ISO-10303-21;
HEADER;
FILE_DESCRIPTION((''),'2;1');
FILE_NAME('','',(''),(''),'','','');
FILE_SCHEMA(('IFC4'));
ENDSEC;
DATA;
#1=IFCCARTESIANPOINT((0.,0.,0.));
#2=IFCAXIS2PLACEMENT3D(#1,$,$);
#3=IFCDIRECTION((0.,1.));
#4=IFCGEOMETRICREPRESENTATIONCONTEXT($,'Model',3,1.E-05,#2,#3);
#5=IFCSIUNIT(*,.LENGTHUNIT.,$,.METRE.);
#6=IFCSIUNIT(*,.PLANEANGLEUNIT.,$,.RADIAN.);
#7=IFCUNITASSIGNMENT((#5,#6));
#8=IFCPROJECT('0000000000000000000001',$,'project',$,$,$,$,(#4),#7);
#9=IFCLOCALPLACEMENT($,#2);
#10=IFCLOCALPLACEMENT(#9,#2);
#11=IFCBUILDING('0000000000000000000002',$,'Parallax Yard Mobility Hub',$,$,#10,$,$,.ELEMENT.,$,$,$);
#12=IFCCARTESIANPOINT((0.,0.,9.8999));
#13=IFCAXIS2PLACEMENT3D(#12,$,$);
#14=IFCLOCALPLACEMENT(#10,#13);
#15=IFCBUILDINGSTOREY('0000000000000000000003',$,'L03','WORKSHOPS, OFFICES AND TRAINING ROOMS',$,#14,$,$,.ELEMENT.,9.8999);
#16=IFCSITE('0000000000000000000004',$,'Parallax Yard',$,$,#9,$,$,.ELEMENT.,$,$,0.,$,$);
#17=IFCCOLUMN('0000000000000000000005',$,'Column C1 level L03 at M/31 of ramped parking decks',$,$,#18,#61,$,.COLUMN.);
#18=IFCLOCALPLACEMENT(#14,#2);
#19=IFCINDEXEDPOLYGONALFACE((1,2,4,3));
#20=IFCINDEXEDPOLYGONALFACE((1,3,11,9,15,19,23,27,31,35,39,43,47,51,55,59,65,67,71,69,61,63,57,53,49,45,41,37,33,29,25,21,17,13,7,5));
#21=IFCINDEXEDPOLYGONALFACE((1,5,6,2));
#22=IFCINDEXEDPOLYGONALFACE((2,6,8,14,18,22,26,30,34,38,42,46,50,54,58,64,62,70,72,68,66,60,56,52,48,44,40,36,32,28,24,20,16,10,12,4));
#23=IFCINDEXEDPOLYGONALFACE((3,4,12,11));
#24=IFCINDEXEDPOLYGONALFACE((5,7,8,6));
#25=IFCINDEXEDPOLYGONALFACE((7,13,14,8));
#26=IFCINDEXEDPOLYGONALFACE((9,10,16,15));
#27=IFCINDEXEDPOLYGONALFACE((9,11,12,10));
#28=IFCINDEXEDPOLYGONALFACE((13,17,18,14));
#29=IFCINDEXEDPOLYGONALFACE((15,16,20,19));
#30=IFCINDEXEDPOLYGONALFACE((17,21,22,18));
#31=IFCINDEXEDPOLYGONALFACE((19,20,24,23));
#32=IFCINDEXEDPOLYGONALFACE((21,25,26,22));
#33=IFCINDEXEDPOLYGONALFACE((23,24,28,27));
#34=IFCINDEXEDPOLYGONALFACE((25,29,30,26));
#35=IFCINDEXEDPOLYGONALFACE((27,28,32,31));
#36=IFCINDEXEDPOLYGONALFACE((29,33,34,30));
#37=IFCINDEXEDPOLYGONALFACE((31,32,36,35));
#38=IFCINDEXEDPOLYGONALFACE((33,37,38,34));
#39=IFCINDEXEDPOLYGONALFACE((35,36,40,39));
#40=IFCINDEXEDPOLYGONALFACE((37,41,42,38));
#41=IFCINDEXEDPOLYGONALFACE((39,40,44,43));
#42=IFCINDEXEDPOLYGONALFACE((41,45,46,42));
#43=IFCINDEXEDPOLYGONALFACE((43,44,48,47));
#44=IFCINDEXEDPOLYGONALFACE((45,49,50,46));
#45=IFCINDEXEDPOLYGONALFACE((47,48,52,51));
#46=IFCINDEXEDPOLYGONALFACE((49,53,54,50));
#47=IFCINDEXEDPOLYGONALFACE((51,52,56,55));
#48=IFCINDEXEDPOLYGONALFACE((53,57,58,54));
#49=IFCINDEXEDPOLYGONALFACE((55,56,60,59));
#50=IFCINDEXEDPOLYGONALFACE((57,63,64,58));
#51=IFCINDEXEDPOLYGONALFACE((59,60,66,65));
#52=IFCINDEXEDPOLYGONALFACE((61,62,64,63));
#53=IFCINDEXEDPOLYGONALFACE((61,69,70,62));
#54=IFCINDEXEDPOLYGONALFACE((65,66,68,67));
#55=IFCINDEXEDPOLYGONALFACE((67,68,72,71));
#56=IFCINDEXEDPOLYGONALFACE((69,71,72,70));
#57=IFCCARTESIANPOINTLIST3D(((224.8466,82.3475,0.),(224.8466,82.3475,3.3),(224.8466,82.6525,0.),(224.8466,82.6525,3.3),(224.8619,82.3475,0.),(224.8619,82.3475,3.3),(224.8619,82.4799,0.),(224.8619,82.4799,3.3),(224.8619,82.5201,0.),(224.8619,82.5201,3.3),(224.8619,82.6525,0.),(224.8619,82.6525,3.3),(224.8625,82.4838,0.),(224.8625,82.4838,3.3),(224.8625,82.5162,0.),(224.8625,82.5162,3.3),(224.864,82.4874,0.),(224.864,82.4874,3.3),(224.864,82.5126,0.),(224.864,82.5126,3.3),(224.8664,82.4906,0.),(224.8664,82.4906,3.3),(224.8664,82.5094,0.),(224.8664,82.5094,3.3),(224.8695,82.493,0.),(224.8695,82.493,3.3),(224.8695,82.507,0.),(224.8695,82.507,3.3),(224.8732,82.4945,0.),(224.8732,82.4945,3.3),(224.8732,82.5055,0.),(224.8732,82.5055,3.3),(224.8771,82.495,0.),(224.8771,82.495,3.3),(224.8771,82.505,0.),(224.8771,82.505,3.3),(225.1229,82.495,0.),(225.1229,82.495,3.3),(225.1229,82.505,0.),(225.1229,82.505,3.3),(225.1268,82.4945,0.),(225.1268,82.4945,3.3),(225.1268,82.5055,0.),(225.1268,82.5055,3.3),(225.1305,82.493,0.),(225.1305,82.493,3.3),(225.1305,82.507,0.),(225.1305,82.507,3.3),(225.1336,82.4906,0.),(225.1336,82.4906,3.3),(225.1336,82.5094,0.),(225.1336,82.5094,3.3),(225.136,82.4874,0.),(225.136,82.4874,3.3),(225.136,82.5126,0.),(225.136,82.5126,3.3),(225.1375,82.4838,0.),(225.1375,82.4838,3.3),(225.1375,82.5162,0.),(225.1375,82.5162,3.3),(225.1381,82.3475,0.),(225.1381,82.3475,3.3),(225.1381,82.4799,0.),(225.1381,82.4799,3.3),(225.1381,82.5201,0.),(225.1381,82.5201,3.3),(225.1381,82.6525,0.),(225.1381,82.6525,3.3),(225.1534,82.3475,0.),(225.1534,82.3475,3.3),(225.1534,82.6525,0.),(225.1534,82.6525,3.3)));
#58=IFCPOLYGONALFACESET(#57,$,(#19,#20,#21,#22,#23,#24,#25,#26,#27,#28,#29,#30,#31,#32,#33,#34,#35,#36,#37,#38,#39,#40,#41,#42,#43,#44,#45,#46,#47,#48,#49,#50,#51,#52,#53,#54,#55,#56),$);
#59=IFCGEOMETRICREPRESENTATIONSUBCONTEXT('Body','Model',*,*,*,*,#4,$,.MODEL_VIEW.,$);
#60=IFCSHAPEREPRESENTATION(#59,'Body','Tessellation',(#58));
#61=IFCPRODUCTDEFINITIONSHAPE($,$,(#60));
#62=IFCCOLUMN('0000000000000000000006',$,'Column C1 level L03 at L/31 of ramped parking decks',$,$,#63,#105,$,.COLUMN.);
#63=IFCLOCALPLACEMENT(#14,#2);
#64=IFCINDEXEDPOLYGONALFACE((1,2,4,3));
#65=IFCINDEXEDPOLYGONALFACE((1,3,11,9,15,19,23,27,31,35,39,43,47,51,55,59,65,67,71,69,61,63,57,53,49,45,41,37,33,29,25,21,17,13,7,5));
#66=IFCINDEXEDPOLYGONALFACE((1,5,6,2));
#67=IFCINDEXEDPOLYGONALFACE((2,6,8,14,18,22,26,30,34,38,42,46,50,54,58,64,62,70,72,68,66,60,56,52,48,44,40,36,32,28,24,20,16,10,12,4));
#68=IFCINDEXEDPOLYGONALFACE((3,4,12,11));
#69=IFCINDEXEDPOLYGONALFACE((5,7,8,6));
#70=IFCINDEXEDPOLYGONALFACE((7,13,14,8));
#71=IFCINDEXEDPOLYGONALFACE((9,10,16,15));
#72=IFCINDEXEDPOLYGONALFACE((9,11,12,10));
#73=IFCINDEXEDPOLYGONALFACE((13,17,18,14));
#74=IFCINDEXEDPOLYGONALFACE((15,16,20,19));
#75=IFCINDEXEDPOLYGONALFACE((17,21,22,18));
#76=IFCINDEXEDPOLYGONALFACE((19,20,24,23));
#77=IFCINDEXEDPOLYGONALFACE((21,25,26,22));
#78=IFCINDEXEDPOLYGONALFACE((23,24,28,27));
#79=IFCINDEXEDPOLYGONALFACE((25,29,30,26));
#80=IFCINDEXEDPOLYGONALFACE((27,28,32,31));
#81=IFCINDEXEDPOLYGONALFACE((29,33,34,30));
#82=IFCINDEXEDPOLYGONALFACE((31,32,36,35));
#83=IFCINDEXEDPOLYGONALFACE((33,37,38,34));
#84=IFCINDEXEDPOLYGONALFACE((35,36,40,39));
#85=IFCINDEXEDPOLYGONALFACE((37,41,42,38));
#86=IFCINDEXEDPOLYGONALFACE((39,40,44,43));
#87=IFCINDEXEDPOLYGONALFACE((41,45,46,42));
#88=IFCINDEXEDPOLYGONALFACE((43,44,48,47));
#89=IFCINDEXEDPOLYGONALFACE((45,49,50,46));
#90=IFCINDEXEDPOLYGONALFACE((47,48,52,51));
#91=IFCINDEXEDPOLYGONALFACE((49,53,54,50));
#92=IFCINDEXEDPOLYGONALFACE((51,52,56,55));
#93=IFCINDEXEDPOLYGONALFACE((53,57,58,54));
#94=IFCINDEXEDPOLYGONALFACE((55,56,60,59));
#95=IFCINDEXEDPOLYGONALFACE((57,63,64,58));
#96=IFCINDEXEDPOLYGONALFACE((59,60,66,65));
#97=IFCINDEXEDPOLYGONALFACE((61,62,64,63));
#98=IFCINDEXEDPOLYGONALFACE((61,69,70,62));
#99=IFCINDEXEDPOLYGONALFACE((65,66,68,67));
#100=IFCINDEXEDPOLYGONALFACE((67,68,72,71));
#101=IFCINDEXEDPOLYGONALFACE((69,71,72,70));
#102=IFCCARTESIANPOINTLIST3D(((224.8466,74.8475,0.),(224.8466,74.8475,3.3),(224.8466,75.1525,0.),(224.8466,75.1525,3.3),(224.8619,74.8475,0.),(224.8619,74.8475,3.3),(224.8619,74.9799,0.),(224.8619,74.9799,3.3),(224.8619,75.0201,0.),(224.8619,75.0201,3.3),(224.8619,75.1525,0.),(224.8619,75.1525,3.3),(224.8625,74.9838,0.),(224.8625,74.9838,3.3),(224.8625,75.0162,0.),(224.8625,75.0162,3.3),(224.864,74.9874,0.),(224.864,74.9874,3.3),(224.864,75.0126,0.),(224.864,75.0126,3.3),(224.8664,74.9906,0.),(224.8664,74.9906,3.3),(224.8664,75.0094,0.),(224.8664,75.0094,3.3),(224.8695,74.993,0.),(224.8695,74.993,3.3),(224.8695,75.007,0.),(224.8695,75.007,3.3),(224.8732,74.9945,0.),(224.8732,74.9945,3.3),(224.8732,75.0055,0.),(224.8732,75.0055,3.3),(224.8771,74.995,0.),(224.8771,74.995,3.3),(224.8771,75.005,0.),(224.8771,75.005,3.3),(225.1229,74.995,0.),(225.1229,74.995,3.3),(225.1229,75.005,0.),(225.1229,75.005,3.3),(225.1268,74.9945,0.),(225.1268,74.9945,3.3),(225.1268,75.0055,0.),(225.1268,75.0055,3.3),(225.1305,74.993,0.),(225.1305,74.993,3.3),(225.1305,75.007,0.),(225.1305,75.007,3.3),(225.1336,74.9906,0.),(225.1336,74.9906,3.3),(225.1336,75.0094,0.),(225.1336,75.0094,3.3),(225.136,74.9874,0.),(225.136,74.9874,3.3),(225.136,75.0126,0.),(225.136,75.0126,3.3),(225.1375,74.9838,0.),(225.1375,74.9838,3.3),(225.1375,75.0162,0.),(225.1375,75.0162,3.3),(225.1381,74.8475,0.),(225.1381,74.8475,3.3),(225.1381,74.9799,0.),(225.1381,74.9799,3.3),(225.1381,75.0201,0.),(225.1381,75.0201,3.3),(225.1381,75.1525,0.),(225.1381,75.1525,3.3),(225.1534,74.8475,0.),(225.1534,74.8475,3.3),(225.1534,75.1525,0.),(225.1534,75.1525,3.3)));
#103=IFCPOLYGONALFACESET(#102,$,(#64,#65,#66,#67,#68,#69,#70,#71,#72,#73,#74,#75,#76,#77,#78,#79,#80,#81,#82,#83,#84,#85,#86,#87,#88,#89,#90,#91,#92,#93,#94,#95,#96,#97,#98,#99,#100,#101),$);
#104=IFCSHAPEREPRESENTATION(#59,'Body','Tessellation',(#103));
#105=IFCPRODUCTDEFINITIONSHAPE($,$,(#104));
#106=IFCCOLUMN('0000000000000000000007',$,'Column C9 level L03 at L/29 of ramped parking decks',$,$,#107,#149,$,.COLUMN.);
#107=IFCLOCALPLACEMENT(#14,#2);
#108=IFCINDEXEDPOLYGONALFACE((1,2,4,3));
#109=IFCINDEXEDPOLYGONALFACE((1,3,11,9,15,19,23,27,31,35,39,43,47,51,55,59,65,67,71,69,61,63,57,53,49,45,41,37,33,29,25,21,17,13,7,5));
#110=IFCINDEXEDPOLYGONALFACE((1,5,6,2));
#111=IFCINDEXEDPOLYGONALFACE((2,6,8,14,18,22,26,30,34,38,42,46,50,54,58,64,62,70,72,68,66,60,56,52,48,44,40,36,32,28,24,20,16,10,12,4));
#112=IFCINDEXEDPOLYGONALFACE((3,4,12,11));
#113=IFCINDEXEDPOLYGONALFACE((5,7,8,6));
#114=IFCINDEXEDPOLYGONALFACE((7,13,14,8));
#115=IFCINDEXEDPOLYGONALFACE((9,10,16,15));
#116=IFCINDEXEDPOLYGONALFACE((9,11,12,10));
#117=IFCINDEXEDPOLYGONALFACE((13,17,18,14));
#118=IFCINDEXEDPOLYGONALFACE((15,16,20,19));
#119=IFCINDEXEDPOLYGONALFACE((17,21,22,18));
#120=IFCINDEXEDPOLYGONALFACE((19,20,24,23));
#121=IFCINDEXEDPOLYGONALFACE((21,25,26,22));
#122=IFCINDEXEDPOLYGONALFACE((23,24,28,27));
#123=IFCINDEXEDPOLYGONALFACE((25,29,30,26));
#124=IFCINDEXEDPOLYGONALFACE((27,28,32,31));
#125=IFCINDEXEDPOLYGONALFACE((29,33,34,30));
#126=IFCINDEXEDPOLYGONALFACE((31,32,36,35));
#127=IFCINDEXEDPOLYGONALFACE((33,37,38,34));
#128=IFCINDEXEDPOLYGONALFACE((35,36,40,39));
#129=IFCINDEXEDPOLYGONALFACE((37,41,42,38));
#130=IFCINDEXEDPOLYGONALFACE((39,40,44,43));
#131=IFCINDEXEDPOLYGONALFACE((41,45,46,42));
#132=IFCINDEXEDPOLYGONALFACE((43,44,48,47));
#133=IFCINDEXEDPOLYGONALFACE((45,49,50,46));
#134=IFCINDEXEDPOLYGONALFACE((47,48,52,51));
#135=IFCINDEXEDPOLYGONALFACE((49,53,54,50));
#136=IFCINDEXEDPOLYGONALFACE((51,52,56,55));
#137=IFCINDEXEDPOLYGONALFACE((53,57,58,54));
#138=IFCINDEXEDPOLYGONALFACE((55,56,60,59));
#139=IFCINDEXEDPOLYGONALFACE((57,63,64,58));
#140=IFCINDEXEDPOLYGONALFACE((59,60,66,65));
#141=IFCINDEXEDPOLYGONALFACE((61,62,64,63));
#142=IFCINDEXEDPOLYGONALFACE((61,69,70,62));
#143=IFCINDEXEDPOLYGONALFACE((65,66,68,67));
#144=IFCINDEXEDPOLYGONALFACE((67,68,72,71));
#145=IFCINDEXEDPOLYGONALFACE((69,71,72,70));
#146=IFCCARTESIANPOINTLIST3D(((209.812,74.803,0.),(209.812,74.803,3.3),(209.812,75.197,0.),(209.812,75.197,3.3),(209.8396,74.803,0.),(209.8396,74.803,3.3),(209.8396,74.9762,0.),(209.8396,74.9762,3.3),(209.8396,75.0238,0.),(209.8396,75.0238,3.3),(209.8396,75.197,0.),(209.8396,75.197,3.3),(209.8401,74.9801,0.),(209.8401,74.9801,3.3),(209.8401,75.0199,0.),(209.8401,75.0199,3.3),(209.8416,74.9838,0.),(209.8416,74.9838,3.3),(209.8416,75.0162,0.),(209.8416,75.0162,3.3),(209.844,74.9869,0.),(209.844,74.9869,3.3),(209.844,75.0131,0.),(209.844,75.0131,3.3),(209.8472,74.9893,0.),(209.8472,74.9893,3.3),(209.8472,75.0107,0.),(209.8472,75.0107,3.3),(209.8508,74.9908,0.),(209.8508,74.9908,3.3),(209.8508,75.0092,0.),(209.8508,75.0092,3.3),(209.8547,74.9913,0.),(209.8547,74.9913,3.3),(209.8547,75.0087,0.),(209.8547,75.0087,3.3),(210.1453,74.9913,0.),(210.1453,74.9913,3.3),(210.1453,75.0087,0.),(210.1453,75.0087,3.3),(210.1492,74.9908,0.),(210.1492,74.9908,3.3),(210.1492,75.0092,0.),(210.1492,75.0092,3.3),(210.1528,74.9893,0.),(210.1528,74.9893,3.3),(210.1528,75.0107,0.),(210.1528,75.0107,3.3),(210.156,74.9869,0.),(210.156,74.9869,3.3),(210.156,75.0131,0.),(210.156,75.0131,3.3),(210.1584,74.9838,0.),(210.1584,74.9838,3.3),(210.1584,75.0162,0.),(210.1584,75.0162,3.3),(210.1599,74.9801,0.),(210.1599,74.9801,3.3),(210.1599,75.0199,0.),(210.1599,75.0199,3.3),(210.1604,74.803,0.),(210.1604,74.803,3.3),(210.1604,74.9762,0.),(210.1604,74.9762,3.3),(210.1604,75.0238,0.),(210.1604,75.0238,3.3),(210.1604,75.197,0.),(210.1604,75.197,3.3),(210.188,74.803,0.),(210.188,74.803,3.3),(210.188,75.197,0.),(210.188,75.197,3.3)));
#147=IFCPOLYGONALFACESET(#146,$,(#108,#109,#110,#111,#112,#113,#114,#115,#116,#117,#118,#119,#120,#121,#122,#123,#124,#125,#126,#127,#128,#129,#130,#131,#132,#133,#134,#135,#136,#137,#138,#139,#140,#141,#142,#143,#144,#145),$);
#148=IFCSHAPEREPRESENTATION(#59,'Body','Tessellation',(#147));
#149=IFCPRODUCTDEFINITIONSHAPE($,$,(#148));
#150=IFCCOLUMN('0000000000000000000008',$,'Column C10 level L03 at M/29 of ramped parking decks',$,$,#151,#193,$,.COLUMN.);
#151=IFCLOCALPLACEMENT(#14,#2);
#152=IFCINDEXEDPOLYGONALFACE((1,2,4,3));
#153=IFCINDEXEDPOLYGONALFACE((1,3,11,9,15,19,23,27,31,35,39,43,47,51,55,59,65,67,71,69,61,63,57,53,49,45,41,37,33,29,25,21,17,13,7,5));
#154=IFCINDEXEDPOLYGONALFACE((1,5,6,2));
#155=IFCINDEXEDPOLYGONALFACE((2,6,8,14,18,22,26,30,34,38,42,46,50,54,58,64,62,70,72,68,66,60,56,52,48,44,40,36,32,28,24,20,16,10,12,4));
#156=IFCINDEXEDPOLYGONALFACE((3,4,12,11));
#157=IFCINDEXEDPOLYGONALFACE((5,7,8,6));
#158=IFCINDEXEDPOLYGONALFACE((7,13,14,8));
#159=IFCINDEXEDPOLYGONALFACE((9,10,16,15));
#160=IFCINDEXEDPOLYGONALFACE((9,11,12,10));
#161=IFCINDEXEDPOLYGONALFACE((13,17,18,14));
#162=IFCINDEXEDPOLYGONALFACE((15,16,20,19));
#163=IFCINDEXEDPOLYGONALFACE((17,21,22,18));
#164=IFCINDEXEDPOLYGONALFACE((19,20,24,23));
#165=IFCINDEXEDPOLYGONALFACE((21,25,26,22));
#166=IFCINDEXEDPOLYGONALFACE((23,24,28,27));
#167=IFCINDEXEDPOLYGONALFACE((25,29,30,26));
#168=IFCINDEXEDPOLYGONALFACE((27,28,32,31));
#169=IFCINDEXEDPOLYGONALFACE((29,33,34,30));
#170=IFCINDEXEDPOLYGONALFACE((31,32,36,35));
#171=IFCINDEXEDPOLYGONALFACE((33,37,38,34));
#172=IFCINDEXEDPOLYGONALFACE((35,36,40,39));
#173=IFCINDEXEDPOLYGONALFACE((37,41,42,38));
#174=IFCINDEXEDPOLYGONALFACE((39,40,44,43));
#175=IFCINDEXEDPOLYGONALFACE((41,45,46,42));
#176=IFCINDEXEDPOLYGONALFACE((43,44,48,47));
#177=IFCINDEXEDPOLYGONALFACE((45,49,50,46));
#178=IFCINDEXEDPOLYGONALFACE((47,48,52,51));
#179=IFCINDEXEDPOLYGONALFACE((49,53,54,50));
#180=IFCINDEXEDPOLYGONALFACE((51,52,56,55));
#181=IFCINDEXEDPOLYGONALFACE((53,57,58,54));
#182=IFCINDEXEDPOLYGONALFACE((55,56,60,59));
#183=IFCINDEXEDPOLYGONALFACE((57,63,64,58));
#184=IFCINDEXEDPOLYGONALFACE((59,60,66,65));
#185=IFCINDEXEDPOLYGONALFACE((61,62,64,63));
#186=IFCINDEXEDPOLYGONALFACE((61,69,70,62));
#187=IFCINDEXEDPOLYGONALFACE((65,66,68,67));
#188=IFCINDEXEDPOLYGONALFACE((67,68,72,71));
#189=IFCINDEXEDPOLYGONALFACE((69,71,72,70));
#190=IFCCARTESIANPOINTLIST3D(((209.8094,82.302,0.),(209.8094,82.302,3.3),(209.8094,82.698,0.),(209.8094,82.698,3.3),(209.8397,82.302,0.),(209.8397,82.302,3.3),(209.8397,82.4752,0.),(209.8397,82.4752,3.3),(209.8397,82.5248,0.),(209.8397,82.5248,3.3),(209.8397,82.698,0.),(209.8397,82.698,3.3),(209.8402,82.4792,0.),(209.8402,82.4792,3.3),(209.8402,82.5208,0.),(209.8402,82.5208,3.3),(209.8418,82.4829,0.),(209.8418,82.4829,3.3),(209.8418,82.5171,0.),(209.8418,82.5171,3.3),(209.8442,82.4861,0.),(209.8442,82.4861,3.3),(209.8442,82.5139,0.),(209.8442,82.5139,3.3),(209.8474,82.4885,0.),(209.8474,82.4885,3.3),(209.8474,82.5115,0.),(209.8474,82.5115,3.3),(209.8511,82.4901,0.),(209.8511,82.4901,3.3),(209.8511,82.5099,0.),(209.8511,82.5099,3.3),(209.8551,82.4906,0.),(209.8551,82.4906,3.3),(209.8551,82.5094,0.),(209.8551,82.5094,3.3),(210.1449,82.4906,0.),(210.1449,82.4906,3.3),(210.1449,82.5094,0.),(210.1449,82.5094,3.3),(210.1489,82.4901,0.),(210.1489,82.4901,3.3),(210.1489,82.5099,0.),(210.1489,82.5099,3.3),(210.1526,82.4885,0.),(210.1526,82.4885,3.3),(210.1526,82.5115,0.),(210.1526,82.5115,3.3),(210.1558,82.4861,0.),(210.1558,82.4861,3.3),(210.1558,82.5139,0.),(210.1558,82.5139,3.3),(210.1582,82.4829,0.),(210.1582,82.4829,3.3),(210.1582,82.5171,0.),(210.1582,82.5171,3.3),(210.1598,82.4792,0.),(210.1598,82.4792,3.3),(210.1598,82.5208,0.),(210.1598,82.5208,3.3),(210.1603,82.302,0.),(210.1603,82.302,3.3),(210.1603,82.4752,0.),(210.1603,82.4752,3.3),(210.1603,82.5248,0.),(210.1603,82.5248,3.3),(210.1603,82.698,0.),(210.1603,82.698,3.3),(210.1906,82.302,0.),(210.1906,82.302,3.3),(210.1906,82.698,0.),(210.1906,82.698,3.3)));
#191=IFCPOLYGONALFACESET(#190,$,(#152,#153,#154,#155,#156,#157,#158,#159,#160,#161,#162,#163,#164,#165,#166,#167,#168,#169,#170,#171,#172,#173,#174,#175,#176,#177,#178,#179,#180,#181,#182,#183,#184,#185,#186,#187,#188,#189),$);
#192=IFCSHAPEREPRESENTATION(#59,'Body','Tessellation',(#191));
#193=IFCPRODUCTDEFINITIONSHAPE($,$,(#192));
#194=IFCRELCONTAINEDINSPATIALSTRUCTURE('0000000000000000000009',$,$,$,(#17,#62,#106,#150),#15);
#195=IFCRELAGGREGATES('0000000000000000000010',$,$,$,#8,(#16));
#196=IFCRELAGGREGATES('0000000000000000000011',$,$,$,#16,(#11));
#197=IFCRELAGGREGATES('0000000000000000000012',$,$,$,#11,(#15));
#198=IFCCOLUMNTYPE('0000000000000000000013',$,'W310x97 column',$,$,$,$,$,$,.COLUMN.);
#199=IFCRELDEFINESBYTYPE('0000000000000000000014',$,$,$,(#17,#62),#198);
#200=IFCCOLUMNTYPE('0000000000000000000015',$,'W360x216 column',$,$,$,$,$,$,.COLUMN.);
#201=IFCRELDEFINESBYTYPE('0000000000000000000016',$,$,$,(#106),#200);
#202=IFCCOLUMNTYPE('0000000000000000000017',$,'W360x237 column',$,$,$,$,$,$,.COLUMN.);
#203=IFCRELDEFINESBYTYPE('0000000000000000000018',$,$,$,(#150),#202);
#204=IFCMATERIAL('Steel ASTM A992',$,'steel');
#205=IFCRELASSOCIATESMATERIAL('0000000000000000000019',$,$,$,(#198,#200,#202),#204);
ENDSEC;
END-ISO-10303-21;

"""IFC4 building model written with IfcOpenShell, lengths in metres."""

from ifc_helpers import new_model, si_unit, direction, frame, origin, origin_2d, place, context, subcontext, project, spatial, i_section, extrude, material, material_profile, profile_set, type_object, element, save


model = new_model("IFC4")

# Units and contexts
model_context = context("Model", 3, precision=1e-05, world=origin(), true_north=direction((0.0, 1.0)))
body_context = subcontext(model_context, "Body", "Model", "MODEL_VIEW")
ifc_project = project(units=[si_unit("LENGTHUNIT", "METRE"), si_unit("PLANEANGLEUNIT", "RADIAN")], contexts=[model_context])

# Site, building, storey
site_placement = place(None, origin())
site = spatial("IfcSite", under=ifc_project, at=site_placement, Name="Parallax Yard", CompositionType="ELEMENT", RefElevation=0.0)
building_placement = place(site_placement, origin())
building = spatial("IfcBuilding", under=site, at=building_placement, Name="Parallax Yard Mobility Hub", CompositionType="ELEMENT")
storey_placement = place(building_placement, frame((0.0, 0.0, 9.8999)))
storey = spatial("IfcBuildingStorey", under=building, at=storey_placement, Name="L03", Description="WORKSHOPS, OFFICES AND TRAINING ROOMS", CompositionType="ELEMENT", Elevation=9.8999)

# Columns
ifc_material_1 = material(Name="Steel ASTM A992", Category="steel")
ifc_material_profile_1 = material_profile(ifc_material_1, i_section(OverallWidth=0.3049, OverallDepth=0.3069, WebThickness=0.01, FlangeThickness=0.0154, FilletRadius=0.0151, at=origin_2d()), Name="W310x97")
ifc_profile_set_1 = profile_set([ifc_material_profile_1], Name="Steel ASTM A992")
column_type_1 = type_object("IfcColumnType", Name="W310x97 column", PredefinedType="COLUMN", material=ifc_profile_set_1)
for number, where, z_axis, x_axis, name in (
    (1, (225.0, 82.5, 0.0), (0.0, 0.0, 1.0), (0.0, 1.0, 0.0), "Column C1 level L03 at M/31 of ramped parking decks"),
    (2, (225.0, 75.0, 0.0), (0.0, 0.0, 1.0), (0.0, 1.0, 0.0), "Column C1 level L03 at L/31 of ramped parking decks"),
):
    element("IfcColumn", number, at=place(storey_placement, frame(where, z_axis=z_axis, x_axis=x_axis)), inside=storey, type_object=column_type_1, Name=name, PredefinedType="COLUMN", context=body_context, shape_type="SweptSolid", body=[
        extrude(i_section(OverallWidth=0.3049, OverallDepth=0.3069, WebThickness=0.01, FlangeThickness=0.0154, FilletRadius=0.0151, at=origin_2d()), origin(), (0.0, 0.0, 1.0), 3.3),
    ])
ifc_material_profile_2 = material_profile(ifc_material_1, i_section(OverallWidth=0.394, OverallDepth=0.376, WebThickness=0.0173, FlangeThickness=0.0276, FilletRadius=0.0151, at=origin_2d()), Name="W360x216")
ifc_profile_set_2 = profile_set([ifc_material_profile_2], Name="Steel ASTM A992")
column_type_2 = type_object("IfcColumnType", Name="W360x216 column", PredefinedType="COLUMN", material=ifc_profile_set_2)
column_1_placement = place(storey_placement, frame((210.0, 75.0, 0.0), z_axis=(0.0, 0.0, 1.0), x_axis=(0.0, 1.0, 0.0)))
element("IfcColumn", 3, at=column_1_placement, inside=storey, type_object=column_type_2, Name="Column C9 level L03 at L/29 of ramped parking decks", PredefinedType="COLUMN", context=body_context, shape_type="SweptSolid", body=[
    extrude(i_section(OverallWidth=0.394, OverallDepth=0.376, WebThickness=0.0173, FlangeThickness=0.0276, FilletRadius=0.0151, at=origin_2d()), origin(), (0.0, 0.0, 1.0), 3.3),
])
ifc_material_profile_3 = material_profile(ifc_material_1, i_section(OverallWidth=0.396, OverallDepth=0.3811, WebThickness=0.0188, FlangeThickness=0.0303, FilletRadius=0.0154, at=origin_2d()), Name="W360x237")
ifc_profile_set_3 = profile_set([ifc_material_profile_3], Name="Steel ASTM A992")
column_type_3 = type_object("IfcColumnType", Name="W360x237 column", PredefinedType="COLUMN", material=ifc_profile_set_3)
column_2_placement = place(storey_placement, frame((210.0, 82.5, 0.0), z_axis=(0.0, 0.0, 1.0), x_axis=(0.0, 1.0, 0.0)))
element("IfcColumn", 4, at=column_2_placement, inside=storey, type_object=column_type_3, Name="Column C10 level L03 at M/29 of ramped parking decks", PredefinedType="COLUMN", context=body_context, shape_type="SweptSolid", body=[
    extrude(i_section(OverallWidth=0.396, OverallDepth=0.3811, WebThickness=0.0188, FlangeThickness=0.0303, FilletRadius=0.0154, at=origin_2d()), origin(), (0.0, 0.0, 1.0), 3.3),
])

save(model, "model.ifc")
